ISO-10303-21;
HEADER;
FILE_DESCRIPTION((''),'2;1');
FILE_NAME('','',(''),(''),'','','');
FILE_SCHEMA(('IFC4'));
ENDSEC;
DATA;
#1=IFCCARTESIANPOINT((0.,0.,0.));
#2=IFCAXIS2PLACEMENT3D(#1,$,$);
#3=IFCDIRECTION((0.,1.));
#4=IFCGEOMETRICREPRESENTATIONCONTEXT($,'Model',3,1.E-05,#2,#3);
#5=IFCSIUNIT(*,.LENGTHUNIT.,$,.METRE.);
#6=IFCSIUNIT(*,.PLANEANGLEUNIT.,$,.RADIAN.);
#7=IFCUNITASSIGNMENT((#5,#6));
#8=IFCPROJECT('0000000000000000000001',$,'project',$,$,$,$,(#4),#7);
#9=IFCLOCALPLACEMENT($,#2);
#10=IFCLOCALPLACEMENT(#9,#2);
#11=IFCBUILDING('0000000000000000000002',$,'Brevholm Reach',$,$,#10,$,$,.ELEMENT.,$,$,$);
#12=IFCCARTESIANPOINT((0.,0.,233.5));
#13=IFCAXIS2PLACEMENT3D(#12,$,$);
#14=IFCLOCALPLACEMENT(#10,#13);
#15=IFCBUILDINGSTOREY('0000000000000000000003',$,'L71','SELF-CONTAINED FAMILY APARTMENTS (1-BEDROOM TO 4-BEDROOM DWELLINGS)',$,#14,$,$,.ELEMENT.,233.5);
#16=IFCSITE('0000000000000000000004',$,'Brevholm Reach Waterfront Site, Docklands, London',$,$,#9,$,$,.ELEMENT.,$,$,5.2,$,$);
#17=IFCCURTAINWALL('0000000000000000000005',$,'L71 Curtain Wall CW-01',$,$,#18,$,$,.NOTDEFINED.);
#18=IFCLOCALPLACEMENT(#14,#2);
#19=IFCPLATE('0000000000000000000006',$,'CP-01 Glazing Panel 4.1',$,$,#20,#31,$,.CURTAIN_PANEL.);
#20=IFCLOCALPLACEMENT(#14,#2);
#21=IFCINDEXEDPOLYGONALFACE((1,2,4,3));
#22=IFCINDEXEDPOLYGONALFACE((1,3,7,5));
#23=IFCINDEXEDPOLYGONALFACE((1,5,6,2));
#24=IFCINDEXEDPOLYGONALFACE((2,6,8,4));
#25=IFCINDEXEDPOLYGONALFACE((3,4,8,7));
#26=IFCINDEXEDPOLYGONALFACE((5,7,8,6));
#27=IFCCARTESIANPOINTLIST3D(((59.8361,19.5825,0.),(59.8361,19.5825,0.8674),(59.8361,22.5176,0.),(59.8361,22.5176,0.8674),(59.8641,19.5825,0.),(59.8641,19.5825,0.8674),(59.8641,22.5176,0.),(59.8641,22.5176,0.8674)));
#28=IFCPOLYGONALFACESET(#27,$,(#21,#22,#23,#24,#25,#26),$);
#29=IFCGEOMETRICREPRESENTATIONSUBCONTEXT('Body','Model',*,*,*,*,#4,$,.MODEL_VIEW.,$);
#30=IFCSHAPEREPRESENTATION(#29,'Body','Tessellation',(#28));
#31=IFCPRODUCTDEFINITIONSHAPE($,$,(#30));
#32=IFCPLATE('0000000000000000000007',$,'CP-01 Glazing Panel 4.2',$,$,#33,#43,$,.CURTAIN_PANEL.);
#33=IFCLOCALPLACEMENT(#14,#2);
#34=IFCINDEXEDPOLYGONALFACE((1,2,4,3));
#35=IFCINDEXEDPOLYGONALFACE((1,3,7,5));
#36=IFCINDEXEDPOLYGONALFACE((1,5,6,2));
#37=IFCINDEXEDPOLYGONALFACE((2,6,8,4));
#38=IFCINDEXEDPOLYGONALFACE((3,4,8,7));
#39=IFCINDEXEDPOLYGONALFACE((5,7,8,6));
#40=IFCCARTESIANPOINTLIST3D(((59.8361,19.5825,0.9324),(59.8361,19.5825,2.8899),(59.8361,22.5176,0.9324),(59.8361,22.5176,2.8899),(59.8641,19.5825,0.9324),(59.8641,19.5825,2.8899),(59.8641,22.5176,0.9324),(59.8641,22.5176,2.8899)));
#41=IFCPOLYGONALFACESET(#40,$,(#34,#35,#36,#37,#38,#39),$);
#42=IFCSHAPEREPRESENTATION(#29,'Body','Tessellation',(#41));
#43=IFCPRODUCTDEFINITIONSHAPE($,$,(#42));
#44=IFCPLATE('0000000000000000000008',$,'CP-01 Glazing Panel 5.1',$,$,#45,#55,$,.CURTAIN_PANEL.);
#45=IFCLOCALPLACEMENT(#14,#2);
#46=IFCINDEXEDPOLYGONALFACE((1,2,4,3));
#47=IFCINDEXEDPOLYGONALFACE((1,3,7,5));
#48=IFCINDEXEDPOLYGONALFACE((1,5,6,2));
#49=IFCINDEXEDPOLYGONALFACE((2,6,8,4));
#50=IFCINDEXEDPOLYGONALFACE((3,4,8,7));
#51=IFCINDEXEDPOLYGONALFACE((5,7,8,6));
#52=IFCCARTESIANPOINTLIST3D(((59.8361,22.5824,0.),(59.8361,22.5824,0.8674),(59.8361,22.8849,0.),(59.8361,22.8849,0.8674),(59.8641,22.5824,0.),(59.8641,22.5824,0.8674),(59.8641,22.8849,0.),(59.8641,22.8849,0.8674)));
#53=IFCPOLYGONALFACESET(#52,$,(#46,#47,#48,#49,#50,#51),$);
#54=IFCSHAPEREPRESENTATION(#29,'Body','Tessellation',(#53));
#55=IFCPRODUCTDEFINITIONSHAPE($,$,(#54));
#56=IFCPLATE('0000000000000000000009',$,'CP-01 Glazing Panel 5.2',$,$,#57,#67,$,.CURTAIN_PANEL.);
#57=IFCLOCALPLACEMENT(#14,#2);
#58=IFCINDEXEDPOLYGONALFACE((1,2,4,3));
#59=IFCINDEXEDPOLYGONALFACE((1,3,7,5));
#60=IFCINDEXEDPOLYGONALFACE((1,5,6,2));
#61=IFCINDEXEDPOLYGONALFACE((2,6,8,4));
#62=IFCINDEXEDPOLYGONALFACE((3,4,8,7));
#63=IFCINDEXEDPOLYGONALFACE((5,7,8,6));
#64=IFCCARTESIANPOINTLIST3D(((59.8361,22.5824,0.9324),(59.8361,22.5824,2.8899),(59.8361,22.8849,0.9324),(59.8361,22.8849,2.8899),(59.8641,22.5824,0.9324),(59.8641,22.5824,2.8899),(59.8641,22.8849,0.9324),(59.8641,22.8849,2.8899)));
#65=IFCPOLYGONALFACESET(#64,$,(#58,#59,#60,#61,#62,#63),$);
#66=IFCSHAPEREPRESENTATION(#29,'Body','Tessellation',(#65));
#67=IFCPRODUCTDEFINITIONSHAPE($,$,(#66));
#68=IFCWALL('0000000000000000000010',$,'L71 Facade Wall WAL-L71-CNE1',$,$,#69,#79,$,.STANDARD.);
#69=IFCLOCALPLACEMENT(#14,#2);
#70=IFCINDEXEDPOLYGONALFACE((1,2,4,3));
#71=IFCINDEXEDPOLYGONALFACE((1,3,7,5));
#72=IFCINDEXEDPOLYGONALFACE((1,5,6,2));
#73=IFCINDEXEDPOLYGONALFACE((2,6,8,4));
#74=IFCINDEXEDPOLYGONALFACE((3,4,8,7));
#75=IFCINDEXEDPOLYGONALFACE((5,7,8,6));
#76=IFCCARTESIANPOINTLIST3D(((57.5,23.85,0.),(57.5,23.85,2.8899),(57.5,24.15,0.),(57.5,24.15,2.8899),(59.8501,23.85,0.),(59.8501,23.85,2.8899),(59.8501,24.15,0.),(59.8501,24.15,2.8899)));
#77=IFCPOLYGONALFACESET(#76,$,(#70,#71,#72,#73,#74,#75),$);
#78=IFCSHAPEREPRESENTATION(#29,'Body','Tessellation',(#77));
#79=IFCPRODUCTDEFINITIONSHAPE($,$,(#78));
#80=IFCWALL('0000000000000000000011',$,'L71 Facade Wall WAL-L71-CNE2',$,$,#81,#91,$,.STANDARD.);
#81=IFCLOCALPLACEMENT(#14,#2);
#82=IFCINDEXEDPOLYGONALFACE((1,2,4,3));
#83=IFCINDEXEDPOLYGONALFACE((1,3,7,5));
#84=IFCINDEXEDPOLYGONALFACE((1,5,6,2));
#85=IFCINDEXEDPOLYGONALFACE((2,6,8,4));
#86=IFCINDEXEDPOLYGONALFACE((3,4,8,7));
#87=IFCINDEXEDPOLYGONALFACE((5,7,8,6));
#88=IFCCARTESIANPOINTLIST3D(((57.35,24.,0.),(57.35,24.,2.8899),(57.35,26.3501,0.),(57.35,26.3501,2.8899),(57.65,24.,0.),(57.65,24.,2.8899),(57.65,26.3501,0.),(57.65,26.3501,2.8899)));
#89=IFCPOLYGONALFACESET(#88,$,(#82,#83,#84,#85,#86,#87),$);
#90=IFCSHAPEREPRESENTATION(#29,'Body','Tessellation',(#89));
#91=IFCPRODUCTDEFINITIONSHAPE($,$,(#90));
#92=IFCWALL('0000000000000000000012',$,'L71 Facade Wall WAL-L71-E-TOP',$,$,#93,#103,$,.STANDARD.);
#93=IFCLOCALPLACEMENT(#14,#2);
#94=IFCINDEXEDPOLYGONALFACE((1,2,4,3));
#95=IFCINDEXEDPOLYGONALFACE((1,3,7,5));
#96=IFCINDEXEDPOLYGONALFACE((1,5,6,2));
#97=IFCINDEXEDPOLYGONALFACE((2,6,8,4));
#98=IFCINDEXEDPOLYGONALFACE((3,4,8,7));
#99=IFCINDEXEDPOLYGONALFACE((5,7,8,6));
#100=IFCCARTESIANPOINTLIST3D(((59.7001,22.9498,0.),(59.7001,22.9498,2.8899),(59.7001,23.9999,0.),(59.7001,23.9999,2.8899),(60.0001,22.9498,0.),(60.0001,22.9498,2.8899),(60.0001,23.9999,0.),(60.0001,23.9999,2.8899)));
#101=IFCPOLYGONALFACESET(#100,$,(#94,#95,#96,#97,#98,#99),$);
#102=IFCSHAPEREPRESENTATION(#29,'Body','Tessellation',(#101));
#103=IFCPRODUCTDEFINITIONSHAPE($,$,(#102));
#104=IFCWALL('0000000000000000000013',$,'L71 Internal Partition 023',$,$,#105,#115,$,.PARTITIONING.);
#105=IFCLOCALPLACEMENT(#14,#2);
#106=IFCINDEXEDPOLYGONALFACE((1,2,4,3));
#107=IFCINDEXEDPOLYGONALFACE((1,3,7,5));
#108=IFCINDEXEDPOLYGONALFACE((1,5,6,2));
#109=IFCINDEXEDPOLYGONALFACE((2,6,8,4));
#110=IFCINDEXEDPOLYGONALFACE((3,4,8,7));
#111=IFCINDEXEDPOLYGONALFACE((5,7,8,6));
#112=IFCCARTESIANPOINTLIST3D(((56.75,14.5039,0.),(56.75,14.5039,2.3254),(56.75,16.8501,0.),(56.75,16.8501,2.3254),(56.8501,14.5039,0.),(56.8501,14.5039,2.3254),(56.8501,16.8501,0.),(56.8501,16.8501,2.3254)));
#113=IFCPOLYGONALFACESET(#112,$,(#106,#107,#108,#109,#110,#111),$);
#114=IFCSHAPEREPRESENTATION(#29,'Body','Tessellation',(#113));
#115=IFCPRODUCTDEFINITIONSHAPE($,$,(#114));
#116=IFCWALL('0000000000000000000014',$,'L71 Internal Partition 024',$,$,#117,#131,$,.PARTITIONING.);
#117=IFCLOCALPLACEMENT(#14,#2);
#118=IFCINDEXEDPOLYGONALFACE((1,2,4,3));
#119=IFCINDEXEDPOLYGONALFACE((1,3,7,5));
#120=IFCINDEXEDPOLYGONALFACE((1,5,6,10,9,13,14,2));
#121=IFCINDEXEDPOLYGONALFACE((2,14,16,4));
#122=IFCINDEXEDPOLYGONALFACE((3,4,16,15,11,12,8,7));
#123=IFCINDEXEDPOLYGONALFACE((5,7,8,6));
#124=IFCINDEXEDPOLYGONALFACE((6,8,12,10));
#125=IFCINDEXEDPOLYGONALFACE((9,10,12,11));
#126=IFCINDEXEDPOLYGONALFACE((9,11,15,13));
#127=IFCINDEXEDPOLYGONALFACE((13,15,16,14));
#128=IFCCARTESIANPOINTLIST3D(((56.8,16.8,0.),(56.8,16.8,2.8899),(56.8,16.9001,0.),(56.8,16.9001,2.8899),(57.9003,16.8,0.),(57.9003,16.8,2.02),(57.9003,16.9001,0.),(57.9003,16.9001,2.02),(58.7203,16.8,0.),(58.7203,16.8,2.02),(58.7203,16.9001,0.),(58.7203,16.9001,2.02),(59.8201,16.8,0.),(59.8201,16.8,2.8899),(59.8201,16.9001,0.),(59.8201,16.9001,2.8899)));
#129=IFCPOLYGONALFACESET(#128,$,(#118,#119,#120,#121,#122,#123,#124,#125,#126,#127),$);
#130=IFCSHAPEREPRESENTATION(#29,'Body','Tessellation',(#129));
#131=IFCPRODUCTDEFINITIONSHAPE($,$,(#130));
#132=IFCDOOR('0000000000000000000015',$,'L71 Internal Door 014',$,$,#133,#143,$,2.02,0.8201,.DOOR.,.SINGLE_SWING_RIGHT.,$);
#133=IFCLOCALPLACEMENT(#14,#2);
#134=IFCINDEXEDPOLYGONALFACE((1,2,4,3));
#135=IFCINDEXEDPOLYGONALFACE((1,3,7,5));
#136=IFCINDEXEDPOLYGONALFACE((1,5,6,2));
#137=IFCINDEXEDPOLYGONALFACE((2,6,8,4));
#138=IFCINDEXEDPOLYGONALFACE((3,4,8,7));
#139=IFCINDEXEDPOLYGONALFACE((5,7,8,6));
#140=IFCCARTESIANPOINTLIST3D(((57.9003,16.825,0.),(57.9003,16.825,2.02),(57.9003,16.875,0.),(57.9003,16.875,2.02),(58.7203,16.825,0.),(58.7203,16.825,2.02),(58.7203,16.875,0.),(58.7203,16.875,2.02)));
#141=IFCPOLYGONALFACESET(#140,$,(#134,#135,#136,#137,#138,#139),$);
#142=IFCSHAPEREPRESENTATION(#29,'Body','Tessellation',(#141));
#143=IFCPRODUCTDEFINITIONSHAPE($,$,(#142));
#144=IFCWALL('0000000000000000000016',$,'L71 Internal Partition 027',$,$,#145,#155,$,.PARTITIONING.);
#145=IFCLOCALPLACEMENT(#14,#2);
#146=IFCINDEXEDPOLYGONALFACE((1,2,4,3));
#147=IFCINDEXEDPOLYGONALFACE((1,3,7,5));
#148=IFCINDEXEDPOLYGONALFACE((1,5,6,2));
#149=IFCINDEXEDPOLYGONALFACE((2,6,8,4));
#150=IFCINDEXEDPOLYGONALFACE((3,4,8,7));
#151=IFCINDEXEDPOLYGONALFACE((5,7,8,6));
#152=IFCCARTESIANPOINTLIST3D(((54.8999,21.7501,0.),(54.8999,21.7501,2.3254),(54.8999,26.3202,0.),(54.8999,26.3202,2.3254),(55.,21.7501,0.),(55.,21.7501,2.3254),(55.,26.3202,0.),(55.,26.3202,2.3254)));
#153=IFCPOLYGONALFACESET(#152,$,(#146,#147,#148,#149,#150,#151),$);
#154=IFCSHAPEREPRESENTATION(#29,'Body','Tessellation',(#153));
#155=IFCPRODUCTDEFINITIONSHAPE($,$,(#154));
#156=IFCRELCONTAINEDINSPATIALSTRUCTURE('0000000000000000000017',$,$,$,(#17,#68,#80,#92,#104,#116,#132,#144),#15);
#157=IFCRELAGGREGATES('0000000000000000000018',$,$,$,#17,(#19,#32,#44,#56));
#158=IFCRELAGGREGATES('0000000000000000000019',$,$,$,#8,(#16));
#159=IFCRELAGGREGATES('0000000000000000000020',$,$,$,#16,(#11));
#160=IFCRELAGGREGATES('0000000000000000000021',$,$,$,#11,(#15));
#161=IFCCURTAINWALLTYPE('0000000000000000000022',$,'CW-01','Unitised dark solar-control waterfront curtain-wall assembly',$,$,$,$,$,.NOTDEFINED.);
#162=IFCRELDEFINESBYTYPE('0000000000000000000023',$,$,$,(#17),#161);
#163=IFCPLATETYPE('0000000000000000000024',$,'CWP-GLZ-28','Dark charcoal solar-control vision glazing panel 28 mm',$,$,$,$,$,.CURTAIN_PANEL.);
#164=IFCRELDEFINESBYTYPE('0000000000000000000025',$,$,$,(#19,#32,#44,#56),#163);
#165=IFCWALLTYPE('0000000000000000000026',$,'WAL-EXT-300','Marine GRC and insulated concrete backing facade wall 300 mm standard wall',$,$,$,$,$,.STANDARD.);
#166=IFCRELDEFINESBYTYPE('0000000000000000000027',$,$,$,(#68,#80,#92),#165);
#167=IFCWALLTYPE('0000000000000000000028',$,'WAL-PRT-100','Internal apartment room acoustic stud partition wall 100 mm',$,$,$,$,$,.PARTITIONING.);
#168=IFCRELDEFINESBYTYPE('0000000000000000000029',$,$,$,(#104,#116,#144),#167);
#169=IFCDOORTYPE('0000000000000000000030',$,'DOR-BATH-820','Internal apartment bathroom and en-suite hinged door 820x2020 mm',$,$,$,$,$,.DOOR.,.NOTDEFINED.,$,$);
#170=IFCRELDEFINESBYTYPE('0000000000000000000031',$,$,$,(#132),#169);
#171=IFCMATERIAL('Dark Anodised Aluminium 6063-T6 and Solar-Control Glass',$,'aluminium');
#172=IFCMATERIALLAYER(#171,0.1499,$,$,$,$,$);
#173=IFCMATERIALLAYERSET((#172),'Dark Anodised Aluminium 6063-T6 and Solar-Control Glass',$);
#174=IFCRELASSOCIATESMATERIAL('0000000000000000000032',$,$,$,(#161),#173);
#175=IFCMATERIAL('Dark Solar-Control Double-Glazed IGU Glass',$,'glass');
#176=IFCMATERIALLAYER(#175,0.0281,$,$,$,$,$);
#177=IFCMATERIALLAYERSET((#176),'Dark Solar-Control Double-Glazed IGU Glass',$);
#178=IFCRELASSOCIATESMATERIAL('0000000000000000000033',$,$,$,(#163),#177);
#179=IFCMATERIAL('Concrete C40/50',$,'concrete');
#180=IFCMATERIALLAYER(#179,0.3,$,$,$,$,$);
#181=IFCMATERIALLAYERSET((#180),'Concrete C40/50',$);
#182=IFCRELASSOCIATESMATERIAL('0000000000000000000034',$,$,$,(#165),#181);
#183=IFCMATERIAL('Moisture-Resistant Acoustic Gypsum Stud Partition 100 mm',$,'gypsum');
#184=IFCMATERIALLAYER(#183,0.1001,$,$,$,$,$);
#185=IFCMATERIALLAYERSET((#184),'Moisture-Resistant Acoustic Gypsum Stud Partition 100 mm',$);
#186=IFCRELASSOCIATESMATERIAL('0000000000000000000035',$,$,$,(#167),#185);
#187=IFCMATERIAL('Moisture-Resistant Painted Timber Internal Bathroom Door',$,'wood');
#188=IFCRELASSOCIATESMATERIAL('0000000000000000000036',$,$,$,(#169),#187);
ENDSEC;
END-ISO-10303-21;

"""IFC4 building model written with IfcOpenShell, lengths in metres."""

from ifc_helpers import new_model, si_unit, direction, frame, frame_2d, origin, origin_2d, place, context, subcontext, project, spatial, rectangle, extrude, material, layer, layer_set, type_object, element, fill, aggregate, save


model = new_model("IFC4")

# Units and contexts
model_context = context("Model", 3, precision=1e-05, world=origin(), true_north=direction((0.0, 1.0)))
body_context = subcontext(model_context, "Body", "Model", "MODEL_VIEW")
ifc_project = project(units=[si_unit("LENGTHUNIT", "METRE"), si_unit("PLANEANGLEUNIT", "RADIAN")], contexts=[model_context])

# Site, building, storey
site_placement = place(None, origin())
site = spatial("IfcSite", under=ifc_project, at=site_placement, Name="Brevholm Reach Waterfront Site, Docklands, London", CompositionType="ELEMENT", RefElevation=5.2)
building_placement = place(site_placement, origin())
building = spatial("IfcBuilding", under=site, at=building_placement, Name="Brevholm Reach", CompositionType="ELEMENT")
storey_placement = place(building_placement, frame((0.0, 0.0, 233.5)))
storey = spatial("IfcBuildingStorey", under=building, at=storey_placement, Name="L71", Description="SELF-CONTAINED FAMILY APARTMENTS (1-BEDROOM TO 4-BEDROOM DWELLINGS)", CompositionType="ELEMENT", Elevation=233.5)

# Curtain wall, plates
ifc_material_1 = material(Name="Dark Anodised Aluminium 6063-T6 and Solar-Control Glass", Category="aluminium")
ifc_layer_1 = layer(ifc_material_1, 0.1499)
ifc_layer_set_1 = layer_set([ifc_layer_1], Name="Dark Anodised Aluminium 6063-T6 and Solar-Control Glass")
curtain_wall_type = type_object("IfcCurtainWallType", Name="CW-01", Description="Unitised dark solar-control waterfront curtain-wall assembly", PredefinedType="NOTDEFINED", material=ifc_layer_set_1)
curtain_wall_placement = place(storey_placement, origin())
curtain_wall = element("IfcCurtainWall", 1, at=curtain_wall_placement, inside=storey, type_object=curtain_wall_type, Name="L71 Curtain Wall CW-01", PredefinedType="NOTDEFINED")
ifc_material_2 = material(Name="Dark Solar-Control Double-Glazed IGU Glass", Category="glass")
ifc_layer_2 = layer(ifc_material_2, 0.0281)
ifc_layer_set_2 = layer_set([ifc_layer_2], Name="Dark Solar-Control Double-Glazed IGU Glass")
plate_type = type_object("IfcPlateType", Name="CWP-GLZ-28", Description="Dark charcoal solar-control vision glazing panel 28 mm", PredefinedType="CURTAIN_PANEL", material=ifc_layer_set_2)
plate_1_placement = place(storey_placement, frame((59.8501, 21.05, 0.0), z_axis=(0.0, 0.0, 1.0), x_axis=(0.0, 1.0, 0.0)))
plate_1 = element("IfcPlate", 2, at=plate_1_placement, type_object=plate_type, Name="CP-01 Glazing Panel 4.1", PredefinedType="CURTAIN_PANEL", context=body_context, shape_type="SweptSolid", body=[
    extrude(rectangle(XDim=2.9351, YDim=0.0281, at=origin_2d()), origin(), (0.0, 0.0, 1.0), 0.8674),
])
plate_2_placement = place(storey_placement, frame((59.8501, 21.05, 0.9324), z_axis=(0.0, 0.0, 1.0), x_axis=(0.0, 1.0, 0.0)))
plate_2 = element("IfcPlate", 3, at=plate_2_placement, type_object=plate_type, Name="CP-01 Glazing Panel 4.2", PredefinedType="CURTAIN_PANEL", context=body_context, shape_type="SweptSolid", body=[
    extrude(rectangle(XDim=2.9351, YDim=0.0281, at=origin_2d()), origin(), (0.0, 0.0, 1.0), 1.9575),
])
plate_3_placement = place(storey_placement, frame((59.8501, 22.7336, 0.0), z_axis=(0.0, 0.0, 1.0), x_axis=(0.0, 1.0, 0.0)))
plate_3 = element("IfcPlate", 4, at=plate_3_placement, type_object=plate_type, Name="CP-01 Glazing Panel 5.1", PredefinedType="CURTAIN_PANEL", context=body_context, shape_type="SweptSolid", body=[
    extrude(rectangle(XDim=0.3025, YDim=0.0281, at=origin_2d()), origin(), (0.0, 0.0, 1.0), 0.8674),
])
plate_4_placement = place(storey_placement, frame((59.8501, 22.7336, 0.9324), z_axis=(0.0, 0.0, 1.0), x_axis=(0.0, 1.0, 0.0)))
plate_4 = element("IfcPlate", 5, at=plate_4_placement, type_object=plate_type, Name="CP-01 Glazing Panel 5.2", PredefinedType="CURTAIN_PANEL", context=body_context, shape_type="SweptSolid", body=[
    extrude(rectangle(XDim=0.3025, YDim=0.0281, at=origin_2d()), origin(), (0.0, 0.0, 1.0), 1.9575),
])
aggregate(curtain_wall, [plate_1, plate_2, plate_3, plate_4])

# Walls
ifc_material_3 = material(Name="Concrete C40/50", Category="concrete")
ifc_layer_3 = layer(ifc_material_3, 0.3)
ifc_layer_set_3 = layer_set([ifc_layer_3], Name="Concrete C40/50")
wall_type_1 = type_object("IfcWallType", Name="WAL-EXT-300", Description="Marine GRC and insulated concrete backing facade wall 300 mm standard wall", PredefinedType="STANDARD", material=ifc_layer_set_3)
for number, where, z_axis, x_axis, name in (
    (6, (59.8501, 24.0, 0.0), (0.0, 0.0, 1.0), (-1.0, 0.0, 0.0), "L71 Facade Wall WAL-L71-CNE1"),
    (7, (57.5, 24.0, 0.0), (0.0, 0.0, 1.0), (0.0, 1.0, 0.0), "L71 Facade Wall WAL-L71-CNE2"),
):
    element("IfcWall", number, at=place(storey_placement, frame(where, z_axis=z_axis, x_axis=x_axis)), inside=storey, type_object=wall_type_1, Name=name, PredefinedType="STANDARD", context=body_context, shape_type="SweptSolid", body=[
        extrude(rectangle(XDim=2.3501, YDim=0.3, at=frame_2d((1.175, 0.0))), origin(), (0.0, 0.0, 1.0), 2.8899),
    ])
wall_1_placement = place(storey_placement, frame((59.8501, 22.95, 0.0), z_axis=(0.0, 0.0, 1.0), x_axis=(0.0, 1.0, 0.0)))
element("IfcWall", 8, at=wall_1_placement, inside=storey, type_object=wall_type_1, Name="L71 Facade Wall WAL-L71-E-TOP", PredefinedType="STANDARD", context=body_context, shape_type="SweptSolid", body=[
    extrude(rectangle(XDim=1.05, YDim=0.3, at=frame_2d((0.5249, 0.0))), origin(), (0.0, 0.0, 1.0), 2.8899),
])
ifc_material_4 = material(Name="Moisture-Resistant Acoustic Gypsum Stud Partition 100 mm", Category="gypsum")
ifc_layer_4 = layer(ifc_material_4, 0.1001)
ifc_layer_set_4 = layer_set([ifc_layer_4], Name="Moisture-Resistant Acoustic Gypsum Stud Partition 100 mm")
wall_type_2 = type_object("IfcWallType", Name="WAL-PRT-100", Description="Internal apartment room acoustic stud partition wall 100 mm", PredefinedType="PARTITIONING", material=ifc_layer_set_4)
wall_2_placement = place(storey_placement, frame((56.8, 14.5039, 0.0), z_axis=(0.0, 0.0, 1.0), x_axis=(0.0, 1.0, 0.0)))
element("IfcWall", 9, at=wall_2_placement, inside=storey, type_object=wall_type_2, Name="L71 Internal Partition 023", PredefinedType="PARTITIONING", context=body_context, shape_type="SweptSolid", body=[
    extrude(rectangle(XDim=2.3462, YDim=0.1001, at=frame_2d((1.1731, 0.0))), origin(), (0.0, 0.0, 1.0), 2.3254),
])

# Wall, opening, door
wall_3_placement = place(storey_placement, frame((56.8, 16.8501, 0.0), z_axis=(0.0, 0.0, 1.0), x_axis=(1.0, 0.0, 0.0)))
wall_3 = element("IfcWall", 10, at=wall_3_placement, inside=storey, type_object=wall_type_2, Name="L71 Internal Partition 024", PredefinedType="PARTITIONING", context=body_context, shape_type="SweptSolid", body=[
    extrude(rectangle(XDim=3.02, YDim=0.1001, at=frame_2d((1.51, 0.0))), origin(), (0.0, 0.0, 1.0), 2.8899),
])
opening_placement = place(wall_3_placement, frame((1.1001, 0.0, 0.0)))
opening = element("IfcOpeningElement", 11, at=opening_placement, cuts=wall_3, PredefinedType="OPENING", context=body_context, shape_type="SweptSolid", body=[
    extrude(rectangle(XDim=0.8201, YDim=2.02, at=frame_2d((0.4102, 1.01))), frame((0.0, 0.0601, 0.0), z_axis=(0.0, -1.0, 0.0), x_axis=(1.0, 0.0, 0.0)), (0.0, 0.0, 1.0), 0.1201),
])
ifc_material_5 = material(Name="Moisture-Resistant Painted Timber Internal Bathroom Door", Category="wood")
door_type = type_object("IfcDoorType", Name="DOR-BATH-820", Description="Internal apartment bathroom and en-suite hinged door 820x2020 mm", OperationType="NOTDEFINED", PredefinedType="DOOR", material=ifc_material_5)
door_placement = place(opening_placement, origin())
door = element("IfcDoor", 12, at=door_placement, inside=storey, type_object=door_type, Name="L71 Internal Door 014", OperationType="SINGLE_SWING_RIGHT", OverallHeight=2.02, OverallWidth=0.8201, PredefinedType="DOOR", context=body_context, shape_type="SweptSolid", body=[
    extrude(rectangle(XDim=0.8201, YDim=2.02, at=frame_2d((0.4102, 1.01))), frame((0.0, 0.0249, 0.0), z_axis=(0.0, -1.0, 0.0), x_axis=(1.0, 0.0, 0.0)), (0.0, 0.0, 1.0), 0.05),
])
fill(opening, door)

# Wall
wall_4_placement = place(storey_placement, frame((54.95, 21.75, 0.0), z_axis=(0.0, 0.0, 1.0), x_axis=(0.0, 1.0, 0.0)))
element("IfcWall", 13, at=wall_4_placement, inside=storey, type_object=wall_type_2, Name="L71 Internal Partition 027", PredefinedType="PARTITIONING", context=body_context, shape_type="SweptSolid", body=[
    extrude(rectangle(XDim=4.5701, YDim=0.1001, at=frame_2d((2.2852, 0.0))), origin(), (0.0, 0.0, 1.0), 2.3254),
])

save(model, "model.ifc")
